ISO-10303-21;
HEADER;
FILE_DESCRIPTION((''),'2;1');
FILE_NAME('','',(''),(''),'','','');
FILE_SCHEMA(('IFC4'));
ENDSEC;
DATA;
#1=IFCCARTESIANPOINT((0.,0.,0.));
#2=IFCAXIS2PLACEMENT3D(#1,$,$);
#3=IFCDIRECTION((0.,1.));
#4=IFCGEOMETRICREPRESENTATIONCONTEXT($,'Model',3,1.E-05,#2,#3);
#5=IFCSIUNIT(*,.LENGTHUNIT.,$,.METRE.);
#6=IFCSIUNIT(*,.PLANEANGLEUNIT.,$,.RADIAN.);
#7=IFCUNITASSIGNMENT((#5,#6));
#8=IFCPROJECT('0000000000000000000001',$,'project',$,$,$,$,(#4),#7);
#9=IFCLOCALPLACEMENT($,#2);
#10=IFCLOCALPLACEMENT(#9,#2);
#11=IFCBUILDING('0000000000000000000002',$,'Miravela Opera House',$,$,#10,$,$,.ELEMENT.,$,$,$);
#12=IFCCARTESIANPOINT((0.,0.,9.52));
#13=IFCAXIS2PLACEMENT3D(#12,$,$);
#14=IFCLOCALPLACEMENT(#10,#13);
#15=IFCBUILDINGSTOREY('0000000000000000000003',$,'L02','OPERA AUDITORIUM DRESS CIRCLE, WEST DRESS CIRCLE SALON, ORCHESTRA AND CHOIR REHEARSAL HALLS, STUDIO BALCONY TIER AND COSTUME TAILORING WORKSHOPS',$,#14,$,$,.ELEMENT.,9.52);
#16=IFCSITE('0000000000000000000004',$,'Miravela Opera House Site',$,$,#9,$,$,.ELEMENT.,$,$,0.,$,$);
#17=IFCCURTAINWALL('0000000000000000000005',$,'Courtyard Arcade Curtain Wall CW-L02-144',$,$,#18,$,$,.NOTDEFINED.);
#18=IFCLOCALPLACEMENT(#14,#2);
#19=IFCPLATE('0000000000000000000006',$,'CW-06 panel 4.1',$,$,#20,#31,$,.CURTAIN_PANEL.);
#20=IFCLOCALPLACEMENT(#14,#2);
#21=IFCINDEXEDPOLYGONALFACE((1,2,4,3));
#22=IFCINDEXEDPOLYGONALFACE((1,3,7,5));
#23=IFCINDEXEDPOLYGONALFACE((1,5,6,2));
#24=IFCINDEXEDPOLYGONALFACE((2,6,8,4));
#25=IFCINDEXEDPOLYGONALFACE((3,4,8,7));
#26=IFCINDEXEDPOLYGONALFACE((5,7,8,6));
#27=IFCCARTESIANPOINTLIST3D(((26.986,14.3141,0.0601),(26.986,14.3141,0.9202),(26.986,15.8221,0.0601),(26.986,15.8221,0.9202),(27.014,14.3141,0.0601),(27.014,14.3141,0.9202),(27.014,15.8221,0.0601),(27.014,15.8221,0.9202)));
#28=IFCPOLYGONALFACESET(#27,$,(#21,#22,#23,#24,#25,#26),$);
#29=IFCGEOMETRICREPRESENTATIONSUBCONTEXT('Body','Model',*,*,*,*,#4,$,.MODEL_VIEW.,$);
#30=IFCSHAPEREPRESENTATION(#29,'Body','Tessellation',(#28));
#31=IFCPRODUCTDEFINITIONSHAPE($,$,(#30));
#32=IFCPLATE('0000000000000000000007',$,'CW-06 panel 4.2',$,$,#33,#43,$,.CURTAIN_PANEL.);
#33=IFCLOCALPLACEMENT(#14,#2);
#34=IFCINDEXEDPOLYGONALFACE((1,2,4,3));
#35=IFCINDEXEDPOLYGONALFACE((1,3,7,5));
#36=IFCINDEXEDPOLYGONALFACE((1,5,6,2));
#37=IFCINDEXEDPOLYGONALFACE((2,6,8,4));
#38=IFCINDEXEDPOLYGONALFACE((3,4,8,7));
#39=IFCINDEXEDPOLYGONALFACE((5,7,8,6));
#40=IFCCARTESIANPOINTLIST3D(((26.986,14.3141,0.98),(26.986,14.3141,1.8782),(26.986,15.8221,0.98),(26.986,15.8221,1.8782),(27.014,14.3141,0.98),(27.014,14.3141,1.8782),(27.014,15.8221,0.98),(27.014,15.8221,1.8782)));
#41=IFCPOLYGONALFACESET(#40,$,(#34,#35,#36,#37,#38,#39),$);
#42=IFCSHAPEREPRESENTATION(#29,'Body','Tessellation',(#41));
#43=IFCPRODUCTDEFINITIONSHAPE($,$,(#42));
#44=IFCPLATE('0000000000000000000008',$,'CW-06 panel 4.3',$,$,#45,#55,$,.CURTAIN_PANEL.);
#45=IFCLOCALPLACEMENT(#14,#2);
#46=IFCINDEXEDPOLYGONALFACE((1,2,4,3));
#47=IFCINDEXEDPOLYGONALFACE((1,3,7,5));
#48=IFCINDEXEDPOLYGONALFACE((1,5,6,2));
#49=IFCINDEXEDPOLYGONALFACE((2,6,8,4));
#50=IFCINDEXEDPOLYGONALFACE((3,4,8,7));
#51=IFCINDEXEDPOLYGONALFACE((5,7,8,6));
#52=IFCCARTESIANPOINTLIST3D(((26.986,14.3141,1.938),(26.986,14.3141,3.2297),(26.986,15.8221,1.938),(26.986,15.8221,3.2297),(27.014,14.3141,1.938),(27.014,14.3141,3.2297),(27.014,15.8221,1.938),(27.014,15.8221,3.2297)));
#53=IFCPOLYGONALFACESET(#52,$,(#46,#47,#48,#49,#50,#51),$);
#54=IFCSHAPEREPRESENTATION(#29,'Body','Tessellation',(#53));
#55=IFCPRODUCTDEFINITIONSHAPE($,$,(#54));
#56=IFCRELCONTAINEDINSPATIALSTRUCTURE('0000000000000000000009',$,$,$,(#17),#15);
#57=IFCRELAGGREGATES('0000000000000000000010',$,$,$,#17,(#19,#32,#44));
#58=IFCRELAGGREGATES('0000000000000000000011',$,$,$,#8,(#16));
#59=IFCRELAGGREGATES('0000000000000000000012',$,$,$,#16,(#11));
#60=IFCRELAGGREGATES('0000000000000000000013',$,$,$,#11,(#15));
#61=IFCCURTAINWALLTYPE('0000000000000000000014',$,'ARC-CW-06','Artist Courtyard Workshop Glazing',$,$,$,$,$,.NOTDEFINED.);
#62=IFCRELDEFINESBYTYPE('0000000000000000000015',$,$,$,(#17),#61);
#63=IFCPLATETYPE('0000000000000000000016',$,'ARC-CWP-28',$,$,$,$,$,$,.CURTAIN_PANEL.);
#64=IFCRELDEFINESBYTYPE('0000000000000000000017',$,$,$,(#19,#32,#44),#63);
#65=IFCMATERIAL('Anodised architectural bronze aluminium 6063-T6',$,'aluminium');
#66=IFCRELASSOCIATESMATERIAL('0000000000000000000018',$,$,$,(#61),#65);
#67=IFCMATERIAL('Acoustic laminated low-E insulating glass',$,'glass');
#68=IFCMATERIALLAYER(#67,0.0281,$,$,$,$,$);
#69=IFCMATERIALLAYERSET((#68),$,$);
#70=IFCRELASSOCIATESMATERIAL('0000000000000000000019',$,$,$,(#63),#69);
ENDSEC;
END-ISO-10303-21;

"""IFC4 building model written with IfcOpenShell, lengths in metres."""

from ifc_helpers import new_model, si_unit, direction, frame, origin, origin_2d, place, context, subcontext, project, spatial, rectangle, extrude, material, layer, layer_set, type_object, element, aggregate, save


model = new_model("IFC4")

# Units and contexts
model_context = context("Model", 3, precision=1e-05, world=origin(), true_north=direction((0.0, 1.0)))
body_context = subcontext(model_context, "Body", "Model", "MODEL_VIEW")
ifc_project = project(units=[si_unit("LENGTHUNIT", "METRE"), si_unit("PLANEANGLEUNIT", "RADIAN")], contexts=[model_context])

# Site, building, storey
site_placement = place(None, origin())
site = spatial("IfcSite", under=ifc_project, at=site_placement, Name="Miravela Opera House Site", CompositionType="ELEMENT", RefElevation=0.0)
building_placement = place(site_placement, origin())
building = spatial("IfcBuilding", under=site, at=building_placement, Name="Miravela Opera House", CompositionType="ELEMENT")
storey_placement = place(building_placement, frame((0.0, 0.0, 9.52)))
storey = spatial("IfcBuildingStorey", under=building, at=storey_placement, Name="L02", Description="OPERA AUDITORIUM DRESS CIRCLE, WEST DRESS CIRCLE SALON, ORCHESTRA AND CHOIR REHEARSAL HALLS, STUDIO BALCONY TIER AND COSTUME TAILORING WORKSHOPS", CompositionType="ELEMENT", Elevation=9.52)

# Curtain wall
ifc_material_1 = material(Name="Anodised architectural bronze aluminium 6063-T6", Category="aluminium")
curtain_wall_type = type_object("IfcCurtainWallType", Name="ARC-CW-06", Description="Artist Courtyard Workshop Glazing", PredefinedType="NOTDEFINED", material=ifc_material_1)
curtain_wall_placement = place(storey_placement, origin())
curtain_wall = element("IfcCurtainWall", 1, at=curtain_wall_placement, inside=storey, type_object=curtain_wall_type, Name="Courtyard Arcade Curtain Wall CW-L02-144", PredefinedType="NOTDEFINED")

# Plates
ifc_material_2 = material(Name="Acoustic laminated low-E insulating glass", Category="glass")
ifc_layer = layer(ifc_material_2, 0.0281)
ifc_layer_set = layer_set([ifc_layer])
plate_type = type_object("IfcPlateType", Name="ARC-CWP-28", PredefinedType="CURTAIN_PANEL", material=ifc_layer_set)
plate_1_placement = place(storey_placement, frame((27.0, 15.0681, 0.0601), z_axis=(0.0, 0.0, 1.0), x_axis=(0.0, 1.0, 0.0)))
plate_1 = element("IfcPlate", 2, at=plate_1_placement, type_object=plate_type, Name="CW-06 panel 4.1", PredefinedType="CURTAIN_PANEL", context=body_context, shape_type="SweptSolid", body=[
    extrude(rectangle(XDim=1.5081, YDim=0.0281, at=origin_2d()), origin(), (0.0, 0.0, 1.0), 0.8601),
])
plate_2_placement = place(storey_placement, frame((27.0, 15.0681, 0.98), z_axis=(0.0, 0.0, 1.0), x_axis=(0.0, 1.0, 0.0)))
plate_2 = element("IfcPlate", 3, at=plate_2_placement, type_object=plate_type, Name="CW-06 panel 4.2", PredefinedType="CURTAIN_PANEL", context=body_context, shape_type="SweptSolid", body=[
    extrude(rectangle(XDim=1.5081, YDim=0.0281, at=origin_2d()), origin(), (0.0, 0.0, 1.0), 0.8982),
])
plate_3_placement = place(storey_placement, frame((27.0, 15.0681, 1.938), z_axis=(0.0, 0.0, 1.0), x_axis=(0.0, 1.0, 0.0)))
plate_3 = element("IfcPlate", 4, at=plate_3_placement, type_object=plate_type, Name="CW-06 panel 4.3", PredefinedType="CURTAIN_PANEL", context=body_context, shape_type="SweptSolid", body=[
    extrude(rectangle(XDim=1.5081, YDim=0.0281, at=origin_2d()), origin(), (0.0, 0.0, 1.0), 1.2917),
])
aggregate(curtain_wall, [plate_1, plate_2, plate_3])

save(model, "model.ifc")
